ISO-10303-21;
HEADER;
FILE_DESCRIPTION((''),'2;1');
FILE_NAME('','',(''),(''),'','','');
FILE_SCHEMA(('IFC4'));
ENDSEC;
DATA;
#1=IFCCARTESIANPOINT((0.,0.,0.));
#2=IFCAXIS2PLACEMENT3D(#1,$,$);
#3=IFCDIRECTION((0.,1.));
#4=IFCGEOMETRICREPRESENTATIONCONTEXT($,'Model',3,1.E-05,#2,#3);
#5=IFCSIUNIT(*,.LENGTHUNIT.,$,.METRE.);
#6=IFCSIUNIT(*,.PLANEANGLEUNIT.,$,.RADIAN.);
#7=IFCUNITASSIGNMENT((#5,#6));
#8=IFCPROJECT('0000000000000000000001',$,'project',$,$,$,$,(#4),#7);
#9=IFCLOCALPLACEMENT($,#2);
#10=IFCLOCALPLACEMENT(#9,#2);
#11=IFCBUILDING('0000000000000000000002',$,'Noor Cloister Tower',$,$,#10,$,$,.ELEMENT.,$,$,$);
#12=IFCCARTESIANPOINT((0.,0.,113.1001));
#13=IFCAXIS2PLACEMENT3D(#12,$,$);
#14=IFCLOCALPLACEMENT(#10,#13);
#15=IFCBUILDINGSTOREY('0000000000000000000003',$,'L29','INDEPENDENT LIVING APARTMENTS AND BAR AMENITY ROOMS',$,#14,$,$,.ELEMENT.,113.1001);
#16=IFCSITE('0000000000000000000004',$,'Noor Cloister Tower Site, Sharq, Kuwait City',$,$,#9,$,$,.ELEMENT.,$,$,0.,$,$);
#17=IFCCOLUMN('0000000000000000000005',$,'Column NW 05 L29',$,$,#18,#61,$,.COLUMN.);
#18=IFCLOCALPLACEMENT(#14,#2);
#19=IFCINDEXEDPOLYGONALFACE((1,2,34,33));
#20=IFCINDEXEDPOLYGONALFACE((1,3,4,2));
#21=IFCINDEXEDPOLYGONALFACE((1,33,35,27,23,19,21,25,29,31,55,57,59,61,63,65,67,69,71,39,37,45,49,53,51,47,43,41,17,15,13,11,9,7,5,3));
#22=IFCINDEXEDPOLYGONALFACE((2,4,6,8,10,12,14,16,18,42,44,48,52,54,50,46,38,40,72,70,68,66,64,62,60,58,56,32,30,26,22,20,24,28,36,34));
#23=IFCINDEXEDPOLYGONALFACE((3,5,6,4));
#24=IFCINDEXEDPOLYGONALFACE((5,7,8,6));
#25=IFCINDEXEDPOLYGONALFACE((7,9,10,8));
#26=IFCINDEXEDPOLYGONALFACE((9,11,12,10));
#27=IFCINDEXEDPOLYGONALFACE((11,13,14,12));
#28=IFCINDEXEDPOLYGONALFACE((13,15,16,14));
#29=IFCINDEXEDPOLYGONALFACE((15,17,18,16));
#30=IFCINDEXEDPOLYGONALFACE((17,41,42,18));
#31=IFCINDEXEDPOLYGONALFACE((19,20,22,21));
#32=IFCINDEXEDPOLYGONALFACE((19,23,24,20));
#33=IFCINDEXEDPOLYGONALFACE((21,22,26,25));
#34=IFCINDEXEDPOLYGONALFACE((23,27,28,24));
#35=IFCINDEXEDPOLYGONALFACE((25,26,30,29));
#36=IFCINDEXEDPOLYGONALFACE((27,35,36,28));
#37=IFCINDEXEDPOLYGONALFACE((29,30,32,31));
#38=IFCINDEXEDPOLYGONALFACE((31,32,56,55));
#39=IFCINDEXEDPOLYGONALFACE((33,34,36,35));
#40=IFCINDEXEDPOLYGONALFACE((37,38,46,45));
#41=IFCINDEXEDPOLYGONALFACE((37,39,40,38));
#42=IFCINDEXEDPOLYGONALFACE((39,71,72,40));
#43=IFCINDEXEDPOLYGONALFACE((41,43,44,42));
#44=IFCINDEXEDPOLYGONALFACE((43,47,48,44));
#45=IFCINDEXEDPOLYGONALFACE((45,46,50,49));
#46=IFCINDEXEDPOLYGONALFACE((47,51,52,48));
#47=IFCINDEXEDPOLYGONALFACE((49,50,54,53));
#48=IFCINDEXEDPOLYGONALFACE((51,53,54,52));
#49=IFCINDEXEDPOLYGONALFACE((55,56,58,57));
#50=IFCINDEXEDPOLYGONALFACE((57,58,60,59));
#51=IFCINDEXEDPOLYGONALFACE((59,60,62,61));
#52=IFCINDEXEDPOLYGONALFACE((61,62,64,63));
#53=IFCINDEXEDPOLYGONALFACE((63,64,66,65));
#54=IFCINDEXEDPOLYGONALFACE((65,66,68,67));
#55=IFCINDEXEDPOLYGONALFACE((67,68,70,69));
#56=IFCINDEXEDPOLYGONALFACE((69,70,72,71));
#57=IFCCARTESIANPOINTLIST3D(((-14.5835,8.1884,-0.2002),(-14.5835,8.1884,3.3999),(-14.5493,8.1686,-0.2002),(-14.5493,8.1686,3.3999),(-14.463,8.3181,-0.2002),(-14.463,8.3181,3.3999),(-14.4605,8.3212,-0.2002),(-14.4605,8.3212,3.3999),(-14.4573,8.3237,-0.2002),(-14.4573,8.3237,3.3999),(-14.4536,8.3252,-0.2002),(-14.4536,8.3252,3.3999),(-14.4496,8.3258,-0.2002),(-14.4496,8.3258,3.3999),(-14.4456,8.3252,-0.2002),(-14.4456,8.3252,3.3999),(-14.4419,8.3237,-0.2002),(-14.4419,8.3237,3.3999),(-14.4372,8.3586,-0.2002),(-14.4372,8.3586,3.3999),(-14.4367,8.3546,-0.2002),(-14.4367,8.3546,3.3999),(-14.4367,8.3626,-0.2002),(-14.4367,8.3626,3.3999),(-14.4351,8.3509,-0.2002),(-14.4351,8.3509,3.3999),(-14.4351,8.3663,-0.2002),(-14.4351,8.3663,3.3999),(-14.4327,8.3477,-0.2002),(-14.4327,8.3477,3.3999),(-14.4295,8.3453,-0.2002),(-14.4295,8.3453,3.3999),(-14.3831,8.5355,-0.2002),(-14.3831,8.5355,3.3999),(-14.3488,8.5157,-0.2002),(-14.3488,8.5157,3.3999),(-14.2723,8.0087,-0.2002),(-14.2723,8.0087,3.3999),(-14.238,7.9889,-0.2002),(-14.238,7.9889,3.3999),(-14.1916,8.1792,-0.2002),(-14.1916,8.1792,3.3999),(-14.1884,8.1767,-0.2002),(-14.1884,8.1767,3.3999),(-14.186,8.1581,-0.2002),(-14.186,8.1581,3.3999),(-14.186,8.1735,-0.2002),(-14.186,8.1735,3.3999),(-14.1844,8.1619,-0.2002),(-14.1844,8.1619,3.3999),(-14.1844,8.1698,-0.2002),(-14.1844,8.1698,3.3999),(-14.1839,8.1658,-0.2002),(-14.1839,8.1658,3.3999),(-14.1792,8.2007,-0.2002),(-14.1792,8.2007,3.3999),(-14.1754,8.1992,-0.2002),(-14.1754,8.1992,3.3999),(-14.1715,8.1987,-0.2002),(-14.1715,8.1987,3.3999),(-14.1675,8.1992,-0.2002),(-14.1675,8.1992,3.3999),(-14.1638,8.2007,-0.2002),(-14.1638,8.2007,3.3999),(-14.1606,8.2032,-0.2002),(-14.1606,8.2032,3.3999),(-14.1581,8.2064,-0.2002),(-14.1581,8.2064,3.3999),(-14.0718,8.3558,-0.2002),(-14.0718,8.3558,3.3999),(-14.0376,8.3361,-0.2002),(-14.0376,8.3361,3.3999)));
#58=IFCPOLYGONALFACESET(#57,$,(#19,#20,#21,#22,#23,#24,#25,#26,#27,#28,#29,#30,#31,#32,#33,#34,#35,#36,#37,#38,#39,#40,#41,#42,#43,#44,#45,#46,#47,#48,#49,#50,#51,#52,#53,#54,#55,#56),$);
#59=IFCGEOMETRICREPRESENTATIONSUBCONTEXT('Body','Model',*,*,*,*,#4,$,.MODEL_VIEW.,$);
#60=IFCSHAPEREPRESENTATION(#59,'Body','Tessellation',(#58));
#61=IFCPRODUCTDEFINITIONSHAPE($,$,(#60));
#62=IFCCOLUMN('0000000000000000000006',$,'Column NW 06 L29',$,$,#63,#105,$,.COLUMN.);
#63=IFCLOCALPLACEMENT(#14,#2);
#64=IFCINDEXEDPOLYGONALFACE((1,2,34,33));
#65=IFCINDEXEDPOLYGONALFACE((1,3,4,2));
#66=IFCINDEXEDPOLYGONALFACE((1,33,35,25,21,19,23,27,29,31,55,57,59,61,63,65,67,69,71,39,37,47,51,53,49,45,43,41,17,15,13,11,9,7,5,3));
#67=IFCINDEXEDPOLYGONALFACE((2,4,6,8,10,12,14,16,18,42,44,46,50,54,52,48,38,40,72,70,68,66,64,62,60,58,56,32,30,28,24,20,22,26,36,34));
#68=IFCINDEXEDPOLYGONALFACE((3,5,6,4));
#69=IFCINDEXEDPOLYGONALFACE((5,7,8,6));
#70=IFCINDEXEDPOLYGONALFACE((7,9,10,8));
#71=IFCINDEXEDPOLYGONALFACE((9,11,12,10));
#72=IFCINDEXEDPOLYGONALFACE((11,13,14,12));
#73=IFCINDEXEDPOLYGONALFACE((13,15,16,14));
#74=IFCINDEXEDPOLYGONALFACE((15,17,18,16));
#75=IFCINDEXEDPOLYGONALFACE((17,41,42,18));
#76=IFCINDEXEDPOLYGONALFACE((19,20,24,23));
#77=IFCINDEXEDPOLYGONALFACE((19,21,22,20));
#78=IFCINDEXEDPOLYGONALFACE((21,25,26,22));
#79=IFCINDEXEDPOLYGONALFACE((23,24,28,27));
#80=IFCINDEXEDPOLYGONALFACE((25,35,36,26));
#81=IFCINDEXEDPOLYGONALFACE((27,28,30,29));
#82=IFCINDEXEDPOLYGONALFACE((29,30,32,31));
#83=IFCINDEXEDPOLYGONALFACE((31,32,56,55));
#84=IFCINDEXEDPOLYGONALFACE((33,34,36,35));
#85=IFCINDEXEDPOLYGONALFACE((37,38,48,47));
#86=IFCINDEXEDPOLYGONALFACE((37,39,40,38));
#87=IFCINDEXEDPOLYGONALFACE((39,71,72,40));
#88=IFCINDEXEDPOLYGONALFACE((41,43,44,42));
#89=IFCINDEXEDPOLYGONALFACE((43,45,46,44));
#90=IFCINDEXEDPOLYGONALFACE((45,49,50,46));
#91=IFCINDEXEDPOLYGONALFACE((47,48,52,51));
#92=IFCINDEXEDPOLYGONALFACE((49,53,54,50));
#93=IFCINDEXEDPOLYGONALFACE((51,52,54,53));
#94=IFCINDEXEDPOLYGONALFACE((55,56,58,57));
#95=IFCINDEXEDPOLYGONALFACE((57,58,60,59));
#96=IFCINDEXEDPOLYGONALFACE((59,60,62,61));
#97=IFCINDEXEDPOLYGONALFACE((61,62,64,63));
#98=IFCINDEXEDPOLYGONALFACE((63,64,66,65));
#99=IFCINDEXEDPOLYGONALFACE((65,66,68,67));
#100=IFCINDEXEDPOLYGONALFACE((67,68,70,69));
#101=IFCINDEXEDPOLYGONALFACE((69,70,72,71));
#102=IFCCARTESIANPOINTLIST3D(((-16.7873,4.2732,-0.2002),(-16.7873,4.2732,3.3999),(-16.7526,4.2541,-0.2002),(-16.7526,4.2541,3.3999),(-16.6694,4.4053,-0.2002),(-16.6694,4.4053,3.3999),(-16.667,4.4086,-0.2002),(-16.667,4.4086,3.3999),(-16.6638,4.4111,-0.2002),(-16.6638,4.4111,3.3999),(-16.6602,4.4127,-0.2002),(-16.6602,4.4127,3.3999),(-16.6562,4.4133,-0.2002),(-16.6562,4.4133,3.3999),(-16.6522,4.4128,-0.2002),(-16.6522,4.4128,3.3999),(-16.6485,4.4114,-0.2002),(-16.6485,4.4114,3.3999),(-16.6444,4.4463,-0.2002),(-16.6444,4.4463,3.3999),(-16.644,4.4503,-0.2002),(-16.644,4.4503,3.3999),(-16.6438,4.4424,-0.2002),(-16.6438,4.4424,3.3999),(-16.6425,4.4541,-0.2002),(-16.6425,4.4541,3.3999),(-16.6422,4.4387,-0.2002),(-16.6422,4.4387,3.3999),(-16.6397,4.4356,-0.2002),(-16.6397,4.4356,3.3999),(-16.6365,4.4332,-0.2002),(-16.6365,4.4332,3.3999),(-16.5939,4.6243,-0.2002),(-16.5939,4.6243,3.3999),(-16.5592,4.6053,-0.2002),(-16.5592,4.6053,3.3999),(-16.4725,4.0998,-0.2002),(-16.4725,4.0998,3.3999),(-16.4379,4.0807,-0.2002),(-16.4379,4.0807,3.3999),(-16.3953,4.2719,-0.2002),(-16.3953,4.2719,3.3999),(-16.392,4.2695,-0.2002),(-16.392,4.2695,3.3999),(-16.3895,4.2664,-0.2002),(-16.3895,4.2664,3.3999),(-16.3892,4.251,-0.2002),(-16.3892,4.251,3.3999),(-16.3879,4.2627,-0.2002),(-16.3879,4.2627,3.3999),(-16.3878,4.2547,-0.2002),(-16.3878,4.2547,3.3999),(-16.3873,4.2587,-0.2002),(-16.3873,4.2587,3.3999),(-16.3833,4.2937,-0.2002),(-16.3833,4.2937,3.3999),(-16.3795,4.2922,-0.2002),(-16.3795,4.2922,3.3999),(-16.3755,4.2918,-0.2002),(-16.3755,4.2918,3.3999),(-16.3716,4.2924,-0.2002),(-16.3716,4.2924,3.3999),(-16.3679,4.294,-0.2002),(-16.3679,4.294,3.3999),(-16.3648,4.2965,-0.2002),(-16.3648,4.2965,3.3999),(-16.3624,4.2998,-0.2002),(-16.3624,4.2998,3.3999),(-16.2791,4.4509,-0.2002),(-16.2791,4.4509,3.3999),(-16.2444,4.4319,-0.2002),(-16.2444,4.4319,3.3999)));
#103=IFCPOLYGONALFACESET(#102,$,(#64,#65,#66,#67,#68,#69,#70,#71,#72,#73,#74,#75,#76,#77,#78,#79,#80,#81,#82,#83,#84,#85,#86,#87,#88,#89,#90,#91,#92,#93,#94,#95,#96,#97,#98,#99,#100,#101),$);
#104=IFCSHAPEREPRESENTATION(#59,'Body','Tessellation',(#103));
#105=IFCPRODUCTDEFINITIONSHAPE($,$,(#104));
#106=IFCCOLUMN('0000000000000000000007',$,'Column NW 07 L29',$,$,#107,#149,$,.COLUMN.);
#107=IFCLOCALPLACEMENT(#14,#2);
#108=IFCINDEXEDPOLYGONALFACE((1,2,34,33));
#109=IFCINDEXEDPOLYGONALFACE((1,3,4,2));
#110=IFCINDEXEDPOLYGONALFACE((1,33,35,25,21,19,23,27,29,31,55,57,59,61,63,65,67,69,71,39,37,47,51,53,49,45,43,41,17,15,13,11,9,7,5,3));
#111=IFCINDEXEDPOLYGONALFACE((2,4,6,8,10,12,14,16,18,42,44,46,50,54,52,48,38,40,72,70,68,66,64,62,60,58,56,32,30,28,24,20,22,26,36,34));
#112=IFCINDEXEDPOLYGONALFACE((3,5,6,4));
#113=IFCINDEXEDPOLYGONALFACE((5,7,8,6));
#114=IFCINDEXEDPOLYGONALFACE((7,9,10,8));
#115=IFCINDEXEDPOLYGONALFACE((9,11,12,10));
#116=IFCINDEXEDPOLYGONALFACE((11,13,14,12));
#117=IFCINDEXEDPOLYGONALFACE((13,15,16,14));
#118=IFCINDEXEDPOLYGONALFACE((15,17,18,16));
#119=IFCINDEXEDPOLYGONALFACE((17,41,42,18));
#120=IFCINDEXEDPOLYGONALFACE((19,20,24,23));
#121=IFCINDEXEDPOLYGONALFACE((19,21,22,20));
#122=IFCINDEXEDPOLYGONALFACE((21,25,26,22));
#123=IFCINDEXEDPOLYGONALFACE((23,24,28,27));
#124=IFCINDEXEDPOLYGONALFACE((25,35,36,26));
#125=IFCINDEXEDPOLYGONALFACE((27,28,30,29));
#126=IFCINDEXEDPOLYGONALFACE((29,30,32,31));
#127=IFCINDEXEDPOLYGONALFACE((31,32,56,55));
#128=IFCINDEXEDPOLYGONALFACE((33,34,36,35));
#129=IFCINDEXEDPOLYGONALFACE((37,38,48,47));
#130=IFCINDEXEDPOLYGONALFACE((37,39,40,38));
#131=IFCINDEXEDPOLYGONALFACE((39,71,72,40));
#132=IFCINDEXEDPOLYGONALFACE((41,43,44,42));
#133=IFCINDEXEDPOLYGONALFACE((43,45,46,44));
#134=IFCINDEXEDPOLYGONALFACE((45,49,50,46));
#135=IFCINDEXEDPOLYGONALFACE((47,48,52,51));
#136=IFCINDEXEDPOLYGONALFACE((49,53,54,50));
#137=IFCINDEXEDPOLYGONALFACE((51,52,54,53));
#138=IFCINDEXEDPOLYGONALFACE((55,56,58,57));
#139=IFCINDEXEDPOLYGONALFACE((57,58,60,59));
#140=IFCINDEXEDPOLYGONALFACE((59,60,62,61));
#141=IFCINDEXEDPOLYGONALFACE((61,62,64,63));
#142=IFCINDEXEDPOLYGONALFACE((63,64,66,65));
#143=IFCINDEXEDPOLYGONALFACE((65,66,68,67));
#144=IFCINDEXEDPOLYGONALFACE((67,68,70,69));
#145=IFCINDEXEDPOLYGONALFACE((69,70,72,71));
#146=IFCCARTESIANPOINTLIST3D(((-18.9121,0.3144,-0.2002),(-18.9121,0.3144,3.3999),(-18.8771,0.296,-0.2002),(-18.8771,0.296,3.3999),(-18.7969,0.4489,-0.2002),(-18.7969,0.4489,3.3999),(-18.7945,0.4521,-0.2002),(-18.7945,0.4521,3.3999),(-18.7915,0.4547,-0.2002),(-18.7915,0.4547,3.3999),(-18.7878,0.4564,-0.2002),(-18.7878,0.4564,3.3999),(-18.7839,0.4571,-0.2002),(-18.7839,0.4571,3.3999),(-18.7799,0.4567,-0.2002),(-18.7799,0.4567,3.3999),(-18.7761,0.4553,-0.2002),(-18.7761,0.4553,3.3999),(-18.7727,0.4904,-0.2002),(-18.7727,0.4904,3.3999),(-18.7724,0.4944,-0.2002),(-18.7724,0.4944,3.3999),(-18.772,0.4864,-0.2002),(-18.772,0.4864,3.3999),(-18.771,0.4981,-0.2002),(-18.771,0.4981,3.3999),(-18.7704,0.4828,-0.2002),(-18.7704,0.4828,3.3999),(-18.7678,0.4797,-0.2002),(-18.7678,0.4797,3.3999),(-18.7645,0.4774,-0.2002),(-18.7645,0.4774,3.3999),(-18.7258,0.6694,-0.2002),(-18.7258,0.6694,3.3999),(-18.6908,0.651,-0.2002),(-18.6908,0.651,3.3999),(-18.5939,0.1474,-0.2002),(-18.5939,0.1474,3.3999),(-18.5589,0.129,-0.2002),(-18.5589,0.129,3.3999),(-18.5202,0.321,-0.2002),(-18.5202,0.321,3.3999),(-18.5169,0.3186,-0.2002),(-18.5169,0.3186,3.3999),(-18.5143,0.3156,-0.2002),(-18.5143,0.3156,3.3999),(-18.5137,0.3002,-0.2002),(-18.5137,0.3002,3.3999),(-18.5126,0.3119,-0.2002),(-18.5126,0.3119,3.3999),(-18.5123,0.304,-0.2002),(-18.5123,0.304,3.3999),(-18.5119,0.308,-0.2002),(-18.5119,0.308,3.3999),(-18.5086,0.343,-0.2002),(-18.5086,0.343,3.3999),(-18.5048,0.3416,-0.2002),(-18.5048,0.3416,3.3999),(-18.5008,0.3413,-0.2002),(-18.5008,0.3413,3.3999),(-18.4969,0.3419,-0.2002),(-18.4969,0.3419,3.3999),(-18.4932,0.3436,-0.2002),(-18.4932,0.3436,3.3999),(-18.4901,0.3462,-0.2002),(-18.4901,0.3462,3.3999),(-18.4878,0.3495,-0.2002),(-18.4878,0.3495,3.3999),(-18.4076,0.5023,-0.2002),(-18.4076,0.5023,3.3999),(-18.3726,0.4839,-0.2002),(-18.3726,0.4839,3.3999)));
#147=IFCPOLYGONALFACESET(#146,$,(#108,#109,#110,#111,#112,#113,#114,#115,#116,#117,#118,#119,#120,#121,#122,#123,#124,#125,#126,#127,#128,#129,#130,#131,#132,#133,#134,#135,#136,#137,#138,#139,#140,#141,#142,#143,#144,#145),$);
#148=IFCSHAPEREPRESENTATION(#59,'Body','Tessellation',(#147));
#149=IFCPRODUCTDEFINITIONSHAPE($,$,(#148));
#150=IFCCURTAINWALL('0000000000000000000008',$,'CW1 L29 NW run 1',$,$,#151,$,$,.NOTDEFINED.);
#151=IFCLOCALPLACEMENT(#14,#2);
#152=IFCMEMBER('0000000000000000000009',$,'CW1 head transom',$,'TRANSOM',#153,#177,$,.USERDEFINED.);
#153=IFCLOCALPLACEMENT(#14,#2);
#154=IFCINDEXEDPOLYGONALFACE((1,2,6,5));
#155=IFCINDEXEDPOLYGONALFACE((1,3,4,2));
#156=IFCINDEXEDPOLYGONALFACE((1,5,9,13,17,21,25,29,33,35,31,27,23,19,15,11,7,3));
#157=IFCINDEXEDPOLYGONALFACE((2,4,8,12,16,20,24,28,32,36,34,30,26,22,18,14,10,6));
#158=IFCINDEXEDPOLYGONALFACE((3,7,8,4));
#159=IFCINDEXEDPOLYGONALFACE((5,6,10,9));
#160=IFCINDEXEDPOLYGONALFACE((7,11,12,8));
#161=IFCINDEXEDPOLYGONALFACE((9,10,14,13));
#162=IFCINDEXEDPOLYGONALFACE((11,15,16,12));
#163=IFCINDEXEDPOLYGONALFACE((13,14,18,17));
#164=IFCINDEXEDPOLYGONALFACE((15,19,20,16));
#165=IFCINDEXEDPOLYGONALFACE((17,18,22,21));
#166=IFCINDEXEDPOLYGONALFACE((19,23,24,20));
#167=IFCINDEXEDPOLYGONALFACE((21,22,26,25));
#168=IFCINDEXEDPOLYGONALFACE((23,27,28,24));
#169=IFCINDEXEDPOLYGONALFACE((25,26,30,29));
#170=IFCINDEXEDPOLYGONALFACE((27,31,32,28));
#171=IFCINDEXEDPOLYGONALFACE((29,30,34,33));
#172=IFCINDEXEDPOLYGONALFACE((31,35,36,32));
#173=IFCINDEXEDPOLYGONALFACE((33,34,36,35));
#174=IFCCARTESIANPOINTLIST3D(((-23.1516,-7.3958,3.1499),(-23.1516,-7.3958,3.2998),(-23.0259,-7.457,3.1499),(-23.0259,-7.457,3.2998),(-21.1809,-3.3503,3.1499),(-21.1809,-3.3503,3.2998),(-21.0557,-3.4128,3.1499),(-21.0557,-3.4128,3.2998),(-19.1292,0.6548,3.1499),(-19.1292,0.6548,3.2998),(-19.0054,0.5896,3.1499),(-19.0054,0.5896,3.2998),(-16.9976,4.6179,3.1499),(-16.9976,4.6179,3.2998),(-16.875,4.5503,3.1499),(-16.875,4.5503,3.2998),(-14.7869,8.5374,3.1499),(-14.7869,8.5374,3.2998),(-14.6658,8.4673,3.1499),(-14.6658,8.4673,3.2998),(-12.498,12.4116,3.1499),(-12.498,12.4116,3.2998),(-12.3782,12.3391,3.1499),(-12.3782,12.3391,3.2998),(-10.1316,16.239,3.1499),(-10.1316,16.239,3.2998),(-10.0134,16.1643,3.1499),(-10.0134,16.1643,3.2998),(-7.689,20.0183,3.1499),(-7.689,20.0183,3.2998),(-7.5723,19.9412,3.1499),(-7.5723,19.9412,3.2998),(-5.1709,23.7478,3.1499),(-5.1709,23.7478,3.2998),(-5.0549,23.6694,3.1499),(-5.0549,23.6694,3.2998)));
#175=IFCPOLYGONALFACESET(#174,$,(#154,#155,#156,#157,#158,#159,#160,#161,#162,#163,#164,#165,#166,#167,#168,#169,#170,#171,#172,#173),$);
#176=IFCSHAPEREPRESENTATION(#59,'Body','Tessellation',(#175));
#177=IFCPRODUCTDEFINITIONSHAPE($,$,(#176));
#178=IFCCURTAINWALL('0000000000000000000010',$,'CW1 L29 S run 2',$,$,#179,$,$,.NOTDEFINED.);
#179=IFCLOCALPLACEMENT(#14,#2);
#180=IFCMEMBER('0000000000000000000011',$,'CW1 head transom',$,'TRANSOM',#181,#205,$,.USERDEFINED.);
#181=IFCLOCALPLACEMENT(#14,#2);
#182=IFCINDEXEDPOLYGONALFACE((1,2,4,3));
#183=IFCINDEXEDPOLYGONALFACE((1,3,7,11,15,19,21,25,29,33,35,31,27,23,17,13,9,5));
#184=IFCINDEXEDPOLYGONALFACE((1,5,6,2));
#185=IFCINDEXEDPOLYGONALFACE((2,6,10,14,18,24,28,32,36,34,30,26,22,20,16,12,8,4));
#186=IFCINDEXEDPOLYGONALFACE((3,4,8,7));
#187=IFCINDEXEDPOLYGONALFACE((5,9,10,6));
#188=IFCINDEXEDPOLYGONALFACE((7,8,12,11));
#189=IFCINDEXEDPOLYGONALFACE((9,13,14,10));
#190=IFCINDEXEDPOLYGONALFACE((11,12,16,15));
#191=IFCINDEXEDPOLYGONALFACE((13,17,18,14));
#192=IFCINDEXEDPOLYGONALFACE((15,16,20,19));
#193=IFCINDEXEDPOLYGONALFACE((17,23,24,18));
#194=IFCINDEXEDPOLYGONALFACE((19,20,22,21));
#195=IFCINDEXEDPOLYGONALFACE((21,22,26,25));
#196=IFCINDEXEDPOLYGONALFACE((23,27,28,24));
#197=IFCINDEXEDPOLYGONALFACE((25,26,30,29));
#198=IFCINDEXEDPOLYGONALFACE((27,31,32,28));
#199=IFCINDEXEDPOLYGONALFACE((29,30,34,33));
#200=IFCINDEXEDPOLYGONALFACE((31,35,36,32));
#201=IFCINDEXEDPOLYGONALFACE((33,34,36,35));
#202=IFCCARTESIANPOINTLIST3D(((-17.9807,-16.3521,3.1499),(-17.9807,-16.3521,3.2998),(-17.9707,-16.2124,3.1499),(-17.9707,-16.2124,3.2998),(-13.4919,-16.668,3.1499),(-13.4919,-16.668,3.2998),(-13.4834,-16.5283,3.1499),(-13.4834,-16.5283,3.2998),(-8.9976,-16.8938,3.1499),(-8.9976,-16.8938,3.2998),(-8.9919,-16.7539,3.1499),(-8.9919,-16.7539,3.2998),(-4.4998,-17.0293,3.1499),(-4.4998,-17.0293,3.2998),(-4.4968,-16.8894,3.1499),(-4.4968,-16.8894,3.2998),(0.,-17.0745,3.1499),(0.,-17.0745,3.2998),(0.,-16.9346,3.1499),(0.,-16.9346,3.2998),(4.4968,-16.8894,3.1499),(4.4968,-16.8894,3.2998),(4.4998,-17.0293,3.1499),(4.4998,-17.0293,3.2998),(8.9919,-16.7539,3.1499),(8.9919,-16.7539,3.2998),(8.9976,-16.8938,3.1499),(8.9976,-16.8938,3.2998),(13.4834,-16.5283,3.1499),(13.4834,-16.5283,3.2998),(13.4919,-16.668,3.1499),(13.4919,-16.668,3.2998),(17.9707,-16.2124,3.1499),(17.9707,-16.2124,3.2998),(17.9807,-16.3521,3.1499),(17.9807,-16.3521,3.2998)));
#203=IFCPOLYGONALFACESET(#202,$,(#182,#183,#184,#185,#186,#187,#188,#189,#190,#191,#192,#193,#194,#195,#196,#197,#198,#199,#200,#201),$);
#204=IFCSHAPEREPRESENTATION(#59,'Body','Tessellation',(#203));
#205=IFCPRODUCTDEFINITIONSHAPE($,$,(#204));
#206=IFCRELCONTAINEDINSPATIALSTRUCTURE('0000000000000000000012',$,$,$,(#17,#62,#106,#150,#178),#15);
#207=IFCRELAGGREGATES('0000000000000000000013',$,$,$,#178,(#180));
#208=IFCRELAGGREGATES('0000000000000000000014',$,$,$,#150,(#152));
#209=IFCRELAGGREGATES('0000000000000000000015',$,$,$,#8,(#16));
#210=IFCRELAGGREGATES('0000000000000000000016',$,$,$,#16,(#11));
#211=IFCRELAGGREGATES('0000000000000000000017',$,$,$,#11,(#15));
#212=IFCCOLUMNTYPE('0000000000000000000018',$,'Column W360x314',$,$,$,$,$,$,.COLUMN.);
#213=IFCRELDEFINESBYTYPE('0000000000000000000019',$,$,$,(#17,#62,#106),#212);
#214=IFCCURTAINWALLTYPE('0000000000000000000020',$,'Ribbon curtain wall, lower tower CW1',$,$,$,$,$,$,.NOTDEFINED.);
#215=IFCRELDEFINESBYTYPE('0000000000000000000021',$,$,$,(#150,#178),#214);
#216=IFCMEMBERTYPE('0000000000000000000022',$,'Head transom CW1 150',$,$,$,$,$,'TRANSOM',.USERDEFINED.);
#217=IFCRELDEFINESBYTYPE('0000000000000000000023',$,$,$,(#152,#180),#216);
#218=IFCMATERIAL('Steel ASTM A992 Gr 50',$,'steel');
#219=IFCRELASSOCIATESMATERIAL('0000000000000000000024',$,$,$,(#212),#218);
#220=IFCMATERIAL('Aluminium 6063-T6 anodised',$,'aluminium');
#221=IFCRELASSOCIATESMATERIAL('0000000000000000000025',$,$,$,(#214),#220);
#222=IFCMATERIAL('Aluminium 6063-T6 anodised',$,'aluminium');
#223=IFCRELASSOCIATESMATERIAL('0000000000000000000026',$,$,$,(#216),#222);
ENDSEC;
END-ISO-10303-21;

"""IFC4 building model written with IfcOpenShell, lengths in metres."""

from ifc_helpers import new_model, si_unit, direction, frame, origin, origin_2d, place, context, subcontext, project, spatial, polyline, i_section, outline, extrude, material, material_profile, profile_set, type_object, element, aggregate, save


model = new_model("IFC4")

# Units and contexts
model_context = context("Model", 3, precision=1e-05, world=origin(), true_north=direction((0.0, 1.0)))
body_context = subcontext(model_context, "Body", "Model", "MODEL_VIEW")
ifc_project = project(units=[si_unit("LENGTHUNIT", "METRE"), si_unit("PLANEANGLEUNIT", "RADIAN")], contexts=[model_context])

# Site, building, storey
site_placement = place(None, origin())
site = spatial("IfcSite", under=ifc_project, at=site_placement, Name="Noor Cloister Tower Site, Sharq, Kuwait City", CompositionType="ELEMENT", RefElevation=0.0)
building_placement = place(site_placement, origin())
building = spatial("IfcBuilding", under=site, at=building_placement, Name="Noor Cloister Tower", CompositionType="ELEMENT")
storey_placement = place(building_placement, frame((0.0, 0.0, 113.1001)))
storey = spatial("IfcBuildingStorey", under=building, at=storey_placement, Name="L29", Description="INDEPENDENT LIVING APARTMENTS AND BAR AMENITY ROOMS", CompositionType="ELEMENT", Elevation=113.1001)

# Columns
ifc_material_1 = material(Name="Steel ASTM A992 Gr 50", Category="steel")
ifc_material_profile_1 = material_profile(ifc_material_1, i_section(OverallWidth=0.4009, OverallDepth=0.3989, WebThickness=0.0249, FlangeThickness=0.0396, FilletRadius=0.0154, at=origin_2d()), Name="W360x314")
ifc_profile_set_1 = profile_set([ifc_material_profile_1], Name="Steel ASTM A992 Gr 50")
column_type = type_object("IfcColumnType", Name="Column W360x314", PredefinedType="COLUMN", material=ifc_profile_set_1)
for number, where, z_axis, x_axis, name in (
    (1, (-14.3105, 8.2622, -0.2002), (0.0, 0.0, 1.0), (-0.5, -0.866025, 0.0), "Column NW 05 L29"),
    (2, (-16.5159, 4.3525, -0.2002), (0.0, 0.0, 1.0), (-0.482512, -0.87589, 0.0), "Column NW 06 L29"),
    (3, (-18.6423, 0.3992, -0.2002), (0.0, 0.0, 1.0), (-0.464829, -0.885401, 0.0), "Column NW 07 L29"),
):
    element("IfcColumn", number, at=place(storey_placement, frame(where, z_axis=z_axis, x_axis=x_axis)), inside=storey, type_object=column_type, Name=name, PredefinedType="COLUMN", context=body_context, shape_type="SweptSolid", body=[
        extrude(i_section(OverallWidth=0.4009, OverallDepth=0.3989, WebThickness=0.0249, FlangeThickness=0.0396, FilletRadius=0.0154, at=origin_2d()), origin(), (0.0, 0.0, 1.0), 3.6001),
    ])

# Curtain walls, members
ifc_material_2 = material(Name="Aluminium 6063-T6 anodised", Category="aluminium")
curtain_wall_type = type_object("IfcCurtainWallType", Name="Ribbon curtain wall, lower tower CW1", PredefinedType="NOTDEFINED", material=ifc_material_2)
curtain_wall_1_placement = place(storey_placement, origin())
curtain_wall_1 = element("IfcCurtainWall", 4, at=curtain_wall_1_placement, inside=storey, type_object=curtain_wall_type, Name="CW1 L29 NW run 1", PredefinedType="NOTDEFINED")
ifc_material_3 = material(Name="Aluminium 6063-T6 anodised", Category="aluminium")
member_type_1 = type_object("IfcMemberType", Name="Head transom CW1 150", ElementType="TRANSOM", PredefinedType="USERDEFINED", material=ifc_material_3)
member_1_placement = place(storey_placement, frame((0.0, 0.0, 3.1499)))
member_1 = element("IfcMember", 5, at=member_1_placement, type_object=member_type_1, Name="CW1 head transom", ObjectType="TRANSOM", PredefinedType="USERDEFINED", context=body_context, shape_type="SweptSolid", body=[
    extrude(outline(polyline([(-5.1709, 23.7478), (-7.689, 20.0183), (-10.1316, 16.239), (-12.498, 12.4116), (-14.7869, 8.5374), (-16.9976, 4.6179), (-19.1292, 0.6548), (-21.1809, -3.3503), (-23.1516, -7.3958), (-23.0259, -7.457), (-21.0557, -3.4128), (-19.0054, 0.5896), (-16.875, 4.5503), (-14.6658, 8.4673), (-12.3782, 12.3391), (-10.0134, 16.1643), (-7.5723, 19.9412), (-5.0549, 23.6694), (-5.1709, 23.7478)])), origin(), (0.0, 0.0, 1.0), 0.1499),
])
curtain_wall_2_placement = place(storey_placement, origin())
curtain_wall_2 = element("IfcCurtainWall", 6, at=curtain_wall_2_placement, inside=storey, type_object=curtain_wall_type, Name="CW1 L29 S run 2", PredefinedType="NOTDEFINED")
member_2_placement = place(storey_placement, frame((0.0, 0.0, 3.1499)))
member_2 = element("IfcMember", 7, at=member_2_placement, type_object=member_type_1, Name="CW1 head transom", ObjectType="TRANSOM", PredefinedType="USERDEFINED", context=body_context, shape_type="SweptSolid", body=[
    extrude(outline(polyline([(-17.9807, -16.3521), (-13.4919, -16.668), (-8.9976, -16.8938), (-4.4998, -17.0293), (0.0, -17.0745), (4.4998, -17.0293), (8.9976, -16.8938), (13.4919, -16.668), (17.9807, -16.3521), (17.9707, -16.2124), (13.4834, -16.5283), (8.9919, -16.7539), (4.4968, -16.8894), (0.0, -16.9346), (-4.4968, -16.8894), (-8.9919, -16.7539), (-13.4834, -16.5283), (-17.9707, -16.2124), (-17.9807, -16.3521)])), origin(), (0.0, 0.0, 1.0), 0.1499),
])

aggregate(curtain_wall_2, [member_2])

aggregate(curtain_wall_1, [member_1])

save(model, "model.ifc")
